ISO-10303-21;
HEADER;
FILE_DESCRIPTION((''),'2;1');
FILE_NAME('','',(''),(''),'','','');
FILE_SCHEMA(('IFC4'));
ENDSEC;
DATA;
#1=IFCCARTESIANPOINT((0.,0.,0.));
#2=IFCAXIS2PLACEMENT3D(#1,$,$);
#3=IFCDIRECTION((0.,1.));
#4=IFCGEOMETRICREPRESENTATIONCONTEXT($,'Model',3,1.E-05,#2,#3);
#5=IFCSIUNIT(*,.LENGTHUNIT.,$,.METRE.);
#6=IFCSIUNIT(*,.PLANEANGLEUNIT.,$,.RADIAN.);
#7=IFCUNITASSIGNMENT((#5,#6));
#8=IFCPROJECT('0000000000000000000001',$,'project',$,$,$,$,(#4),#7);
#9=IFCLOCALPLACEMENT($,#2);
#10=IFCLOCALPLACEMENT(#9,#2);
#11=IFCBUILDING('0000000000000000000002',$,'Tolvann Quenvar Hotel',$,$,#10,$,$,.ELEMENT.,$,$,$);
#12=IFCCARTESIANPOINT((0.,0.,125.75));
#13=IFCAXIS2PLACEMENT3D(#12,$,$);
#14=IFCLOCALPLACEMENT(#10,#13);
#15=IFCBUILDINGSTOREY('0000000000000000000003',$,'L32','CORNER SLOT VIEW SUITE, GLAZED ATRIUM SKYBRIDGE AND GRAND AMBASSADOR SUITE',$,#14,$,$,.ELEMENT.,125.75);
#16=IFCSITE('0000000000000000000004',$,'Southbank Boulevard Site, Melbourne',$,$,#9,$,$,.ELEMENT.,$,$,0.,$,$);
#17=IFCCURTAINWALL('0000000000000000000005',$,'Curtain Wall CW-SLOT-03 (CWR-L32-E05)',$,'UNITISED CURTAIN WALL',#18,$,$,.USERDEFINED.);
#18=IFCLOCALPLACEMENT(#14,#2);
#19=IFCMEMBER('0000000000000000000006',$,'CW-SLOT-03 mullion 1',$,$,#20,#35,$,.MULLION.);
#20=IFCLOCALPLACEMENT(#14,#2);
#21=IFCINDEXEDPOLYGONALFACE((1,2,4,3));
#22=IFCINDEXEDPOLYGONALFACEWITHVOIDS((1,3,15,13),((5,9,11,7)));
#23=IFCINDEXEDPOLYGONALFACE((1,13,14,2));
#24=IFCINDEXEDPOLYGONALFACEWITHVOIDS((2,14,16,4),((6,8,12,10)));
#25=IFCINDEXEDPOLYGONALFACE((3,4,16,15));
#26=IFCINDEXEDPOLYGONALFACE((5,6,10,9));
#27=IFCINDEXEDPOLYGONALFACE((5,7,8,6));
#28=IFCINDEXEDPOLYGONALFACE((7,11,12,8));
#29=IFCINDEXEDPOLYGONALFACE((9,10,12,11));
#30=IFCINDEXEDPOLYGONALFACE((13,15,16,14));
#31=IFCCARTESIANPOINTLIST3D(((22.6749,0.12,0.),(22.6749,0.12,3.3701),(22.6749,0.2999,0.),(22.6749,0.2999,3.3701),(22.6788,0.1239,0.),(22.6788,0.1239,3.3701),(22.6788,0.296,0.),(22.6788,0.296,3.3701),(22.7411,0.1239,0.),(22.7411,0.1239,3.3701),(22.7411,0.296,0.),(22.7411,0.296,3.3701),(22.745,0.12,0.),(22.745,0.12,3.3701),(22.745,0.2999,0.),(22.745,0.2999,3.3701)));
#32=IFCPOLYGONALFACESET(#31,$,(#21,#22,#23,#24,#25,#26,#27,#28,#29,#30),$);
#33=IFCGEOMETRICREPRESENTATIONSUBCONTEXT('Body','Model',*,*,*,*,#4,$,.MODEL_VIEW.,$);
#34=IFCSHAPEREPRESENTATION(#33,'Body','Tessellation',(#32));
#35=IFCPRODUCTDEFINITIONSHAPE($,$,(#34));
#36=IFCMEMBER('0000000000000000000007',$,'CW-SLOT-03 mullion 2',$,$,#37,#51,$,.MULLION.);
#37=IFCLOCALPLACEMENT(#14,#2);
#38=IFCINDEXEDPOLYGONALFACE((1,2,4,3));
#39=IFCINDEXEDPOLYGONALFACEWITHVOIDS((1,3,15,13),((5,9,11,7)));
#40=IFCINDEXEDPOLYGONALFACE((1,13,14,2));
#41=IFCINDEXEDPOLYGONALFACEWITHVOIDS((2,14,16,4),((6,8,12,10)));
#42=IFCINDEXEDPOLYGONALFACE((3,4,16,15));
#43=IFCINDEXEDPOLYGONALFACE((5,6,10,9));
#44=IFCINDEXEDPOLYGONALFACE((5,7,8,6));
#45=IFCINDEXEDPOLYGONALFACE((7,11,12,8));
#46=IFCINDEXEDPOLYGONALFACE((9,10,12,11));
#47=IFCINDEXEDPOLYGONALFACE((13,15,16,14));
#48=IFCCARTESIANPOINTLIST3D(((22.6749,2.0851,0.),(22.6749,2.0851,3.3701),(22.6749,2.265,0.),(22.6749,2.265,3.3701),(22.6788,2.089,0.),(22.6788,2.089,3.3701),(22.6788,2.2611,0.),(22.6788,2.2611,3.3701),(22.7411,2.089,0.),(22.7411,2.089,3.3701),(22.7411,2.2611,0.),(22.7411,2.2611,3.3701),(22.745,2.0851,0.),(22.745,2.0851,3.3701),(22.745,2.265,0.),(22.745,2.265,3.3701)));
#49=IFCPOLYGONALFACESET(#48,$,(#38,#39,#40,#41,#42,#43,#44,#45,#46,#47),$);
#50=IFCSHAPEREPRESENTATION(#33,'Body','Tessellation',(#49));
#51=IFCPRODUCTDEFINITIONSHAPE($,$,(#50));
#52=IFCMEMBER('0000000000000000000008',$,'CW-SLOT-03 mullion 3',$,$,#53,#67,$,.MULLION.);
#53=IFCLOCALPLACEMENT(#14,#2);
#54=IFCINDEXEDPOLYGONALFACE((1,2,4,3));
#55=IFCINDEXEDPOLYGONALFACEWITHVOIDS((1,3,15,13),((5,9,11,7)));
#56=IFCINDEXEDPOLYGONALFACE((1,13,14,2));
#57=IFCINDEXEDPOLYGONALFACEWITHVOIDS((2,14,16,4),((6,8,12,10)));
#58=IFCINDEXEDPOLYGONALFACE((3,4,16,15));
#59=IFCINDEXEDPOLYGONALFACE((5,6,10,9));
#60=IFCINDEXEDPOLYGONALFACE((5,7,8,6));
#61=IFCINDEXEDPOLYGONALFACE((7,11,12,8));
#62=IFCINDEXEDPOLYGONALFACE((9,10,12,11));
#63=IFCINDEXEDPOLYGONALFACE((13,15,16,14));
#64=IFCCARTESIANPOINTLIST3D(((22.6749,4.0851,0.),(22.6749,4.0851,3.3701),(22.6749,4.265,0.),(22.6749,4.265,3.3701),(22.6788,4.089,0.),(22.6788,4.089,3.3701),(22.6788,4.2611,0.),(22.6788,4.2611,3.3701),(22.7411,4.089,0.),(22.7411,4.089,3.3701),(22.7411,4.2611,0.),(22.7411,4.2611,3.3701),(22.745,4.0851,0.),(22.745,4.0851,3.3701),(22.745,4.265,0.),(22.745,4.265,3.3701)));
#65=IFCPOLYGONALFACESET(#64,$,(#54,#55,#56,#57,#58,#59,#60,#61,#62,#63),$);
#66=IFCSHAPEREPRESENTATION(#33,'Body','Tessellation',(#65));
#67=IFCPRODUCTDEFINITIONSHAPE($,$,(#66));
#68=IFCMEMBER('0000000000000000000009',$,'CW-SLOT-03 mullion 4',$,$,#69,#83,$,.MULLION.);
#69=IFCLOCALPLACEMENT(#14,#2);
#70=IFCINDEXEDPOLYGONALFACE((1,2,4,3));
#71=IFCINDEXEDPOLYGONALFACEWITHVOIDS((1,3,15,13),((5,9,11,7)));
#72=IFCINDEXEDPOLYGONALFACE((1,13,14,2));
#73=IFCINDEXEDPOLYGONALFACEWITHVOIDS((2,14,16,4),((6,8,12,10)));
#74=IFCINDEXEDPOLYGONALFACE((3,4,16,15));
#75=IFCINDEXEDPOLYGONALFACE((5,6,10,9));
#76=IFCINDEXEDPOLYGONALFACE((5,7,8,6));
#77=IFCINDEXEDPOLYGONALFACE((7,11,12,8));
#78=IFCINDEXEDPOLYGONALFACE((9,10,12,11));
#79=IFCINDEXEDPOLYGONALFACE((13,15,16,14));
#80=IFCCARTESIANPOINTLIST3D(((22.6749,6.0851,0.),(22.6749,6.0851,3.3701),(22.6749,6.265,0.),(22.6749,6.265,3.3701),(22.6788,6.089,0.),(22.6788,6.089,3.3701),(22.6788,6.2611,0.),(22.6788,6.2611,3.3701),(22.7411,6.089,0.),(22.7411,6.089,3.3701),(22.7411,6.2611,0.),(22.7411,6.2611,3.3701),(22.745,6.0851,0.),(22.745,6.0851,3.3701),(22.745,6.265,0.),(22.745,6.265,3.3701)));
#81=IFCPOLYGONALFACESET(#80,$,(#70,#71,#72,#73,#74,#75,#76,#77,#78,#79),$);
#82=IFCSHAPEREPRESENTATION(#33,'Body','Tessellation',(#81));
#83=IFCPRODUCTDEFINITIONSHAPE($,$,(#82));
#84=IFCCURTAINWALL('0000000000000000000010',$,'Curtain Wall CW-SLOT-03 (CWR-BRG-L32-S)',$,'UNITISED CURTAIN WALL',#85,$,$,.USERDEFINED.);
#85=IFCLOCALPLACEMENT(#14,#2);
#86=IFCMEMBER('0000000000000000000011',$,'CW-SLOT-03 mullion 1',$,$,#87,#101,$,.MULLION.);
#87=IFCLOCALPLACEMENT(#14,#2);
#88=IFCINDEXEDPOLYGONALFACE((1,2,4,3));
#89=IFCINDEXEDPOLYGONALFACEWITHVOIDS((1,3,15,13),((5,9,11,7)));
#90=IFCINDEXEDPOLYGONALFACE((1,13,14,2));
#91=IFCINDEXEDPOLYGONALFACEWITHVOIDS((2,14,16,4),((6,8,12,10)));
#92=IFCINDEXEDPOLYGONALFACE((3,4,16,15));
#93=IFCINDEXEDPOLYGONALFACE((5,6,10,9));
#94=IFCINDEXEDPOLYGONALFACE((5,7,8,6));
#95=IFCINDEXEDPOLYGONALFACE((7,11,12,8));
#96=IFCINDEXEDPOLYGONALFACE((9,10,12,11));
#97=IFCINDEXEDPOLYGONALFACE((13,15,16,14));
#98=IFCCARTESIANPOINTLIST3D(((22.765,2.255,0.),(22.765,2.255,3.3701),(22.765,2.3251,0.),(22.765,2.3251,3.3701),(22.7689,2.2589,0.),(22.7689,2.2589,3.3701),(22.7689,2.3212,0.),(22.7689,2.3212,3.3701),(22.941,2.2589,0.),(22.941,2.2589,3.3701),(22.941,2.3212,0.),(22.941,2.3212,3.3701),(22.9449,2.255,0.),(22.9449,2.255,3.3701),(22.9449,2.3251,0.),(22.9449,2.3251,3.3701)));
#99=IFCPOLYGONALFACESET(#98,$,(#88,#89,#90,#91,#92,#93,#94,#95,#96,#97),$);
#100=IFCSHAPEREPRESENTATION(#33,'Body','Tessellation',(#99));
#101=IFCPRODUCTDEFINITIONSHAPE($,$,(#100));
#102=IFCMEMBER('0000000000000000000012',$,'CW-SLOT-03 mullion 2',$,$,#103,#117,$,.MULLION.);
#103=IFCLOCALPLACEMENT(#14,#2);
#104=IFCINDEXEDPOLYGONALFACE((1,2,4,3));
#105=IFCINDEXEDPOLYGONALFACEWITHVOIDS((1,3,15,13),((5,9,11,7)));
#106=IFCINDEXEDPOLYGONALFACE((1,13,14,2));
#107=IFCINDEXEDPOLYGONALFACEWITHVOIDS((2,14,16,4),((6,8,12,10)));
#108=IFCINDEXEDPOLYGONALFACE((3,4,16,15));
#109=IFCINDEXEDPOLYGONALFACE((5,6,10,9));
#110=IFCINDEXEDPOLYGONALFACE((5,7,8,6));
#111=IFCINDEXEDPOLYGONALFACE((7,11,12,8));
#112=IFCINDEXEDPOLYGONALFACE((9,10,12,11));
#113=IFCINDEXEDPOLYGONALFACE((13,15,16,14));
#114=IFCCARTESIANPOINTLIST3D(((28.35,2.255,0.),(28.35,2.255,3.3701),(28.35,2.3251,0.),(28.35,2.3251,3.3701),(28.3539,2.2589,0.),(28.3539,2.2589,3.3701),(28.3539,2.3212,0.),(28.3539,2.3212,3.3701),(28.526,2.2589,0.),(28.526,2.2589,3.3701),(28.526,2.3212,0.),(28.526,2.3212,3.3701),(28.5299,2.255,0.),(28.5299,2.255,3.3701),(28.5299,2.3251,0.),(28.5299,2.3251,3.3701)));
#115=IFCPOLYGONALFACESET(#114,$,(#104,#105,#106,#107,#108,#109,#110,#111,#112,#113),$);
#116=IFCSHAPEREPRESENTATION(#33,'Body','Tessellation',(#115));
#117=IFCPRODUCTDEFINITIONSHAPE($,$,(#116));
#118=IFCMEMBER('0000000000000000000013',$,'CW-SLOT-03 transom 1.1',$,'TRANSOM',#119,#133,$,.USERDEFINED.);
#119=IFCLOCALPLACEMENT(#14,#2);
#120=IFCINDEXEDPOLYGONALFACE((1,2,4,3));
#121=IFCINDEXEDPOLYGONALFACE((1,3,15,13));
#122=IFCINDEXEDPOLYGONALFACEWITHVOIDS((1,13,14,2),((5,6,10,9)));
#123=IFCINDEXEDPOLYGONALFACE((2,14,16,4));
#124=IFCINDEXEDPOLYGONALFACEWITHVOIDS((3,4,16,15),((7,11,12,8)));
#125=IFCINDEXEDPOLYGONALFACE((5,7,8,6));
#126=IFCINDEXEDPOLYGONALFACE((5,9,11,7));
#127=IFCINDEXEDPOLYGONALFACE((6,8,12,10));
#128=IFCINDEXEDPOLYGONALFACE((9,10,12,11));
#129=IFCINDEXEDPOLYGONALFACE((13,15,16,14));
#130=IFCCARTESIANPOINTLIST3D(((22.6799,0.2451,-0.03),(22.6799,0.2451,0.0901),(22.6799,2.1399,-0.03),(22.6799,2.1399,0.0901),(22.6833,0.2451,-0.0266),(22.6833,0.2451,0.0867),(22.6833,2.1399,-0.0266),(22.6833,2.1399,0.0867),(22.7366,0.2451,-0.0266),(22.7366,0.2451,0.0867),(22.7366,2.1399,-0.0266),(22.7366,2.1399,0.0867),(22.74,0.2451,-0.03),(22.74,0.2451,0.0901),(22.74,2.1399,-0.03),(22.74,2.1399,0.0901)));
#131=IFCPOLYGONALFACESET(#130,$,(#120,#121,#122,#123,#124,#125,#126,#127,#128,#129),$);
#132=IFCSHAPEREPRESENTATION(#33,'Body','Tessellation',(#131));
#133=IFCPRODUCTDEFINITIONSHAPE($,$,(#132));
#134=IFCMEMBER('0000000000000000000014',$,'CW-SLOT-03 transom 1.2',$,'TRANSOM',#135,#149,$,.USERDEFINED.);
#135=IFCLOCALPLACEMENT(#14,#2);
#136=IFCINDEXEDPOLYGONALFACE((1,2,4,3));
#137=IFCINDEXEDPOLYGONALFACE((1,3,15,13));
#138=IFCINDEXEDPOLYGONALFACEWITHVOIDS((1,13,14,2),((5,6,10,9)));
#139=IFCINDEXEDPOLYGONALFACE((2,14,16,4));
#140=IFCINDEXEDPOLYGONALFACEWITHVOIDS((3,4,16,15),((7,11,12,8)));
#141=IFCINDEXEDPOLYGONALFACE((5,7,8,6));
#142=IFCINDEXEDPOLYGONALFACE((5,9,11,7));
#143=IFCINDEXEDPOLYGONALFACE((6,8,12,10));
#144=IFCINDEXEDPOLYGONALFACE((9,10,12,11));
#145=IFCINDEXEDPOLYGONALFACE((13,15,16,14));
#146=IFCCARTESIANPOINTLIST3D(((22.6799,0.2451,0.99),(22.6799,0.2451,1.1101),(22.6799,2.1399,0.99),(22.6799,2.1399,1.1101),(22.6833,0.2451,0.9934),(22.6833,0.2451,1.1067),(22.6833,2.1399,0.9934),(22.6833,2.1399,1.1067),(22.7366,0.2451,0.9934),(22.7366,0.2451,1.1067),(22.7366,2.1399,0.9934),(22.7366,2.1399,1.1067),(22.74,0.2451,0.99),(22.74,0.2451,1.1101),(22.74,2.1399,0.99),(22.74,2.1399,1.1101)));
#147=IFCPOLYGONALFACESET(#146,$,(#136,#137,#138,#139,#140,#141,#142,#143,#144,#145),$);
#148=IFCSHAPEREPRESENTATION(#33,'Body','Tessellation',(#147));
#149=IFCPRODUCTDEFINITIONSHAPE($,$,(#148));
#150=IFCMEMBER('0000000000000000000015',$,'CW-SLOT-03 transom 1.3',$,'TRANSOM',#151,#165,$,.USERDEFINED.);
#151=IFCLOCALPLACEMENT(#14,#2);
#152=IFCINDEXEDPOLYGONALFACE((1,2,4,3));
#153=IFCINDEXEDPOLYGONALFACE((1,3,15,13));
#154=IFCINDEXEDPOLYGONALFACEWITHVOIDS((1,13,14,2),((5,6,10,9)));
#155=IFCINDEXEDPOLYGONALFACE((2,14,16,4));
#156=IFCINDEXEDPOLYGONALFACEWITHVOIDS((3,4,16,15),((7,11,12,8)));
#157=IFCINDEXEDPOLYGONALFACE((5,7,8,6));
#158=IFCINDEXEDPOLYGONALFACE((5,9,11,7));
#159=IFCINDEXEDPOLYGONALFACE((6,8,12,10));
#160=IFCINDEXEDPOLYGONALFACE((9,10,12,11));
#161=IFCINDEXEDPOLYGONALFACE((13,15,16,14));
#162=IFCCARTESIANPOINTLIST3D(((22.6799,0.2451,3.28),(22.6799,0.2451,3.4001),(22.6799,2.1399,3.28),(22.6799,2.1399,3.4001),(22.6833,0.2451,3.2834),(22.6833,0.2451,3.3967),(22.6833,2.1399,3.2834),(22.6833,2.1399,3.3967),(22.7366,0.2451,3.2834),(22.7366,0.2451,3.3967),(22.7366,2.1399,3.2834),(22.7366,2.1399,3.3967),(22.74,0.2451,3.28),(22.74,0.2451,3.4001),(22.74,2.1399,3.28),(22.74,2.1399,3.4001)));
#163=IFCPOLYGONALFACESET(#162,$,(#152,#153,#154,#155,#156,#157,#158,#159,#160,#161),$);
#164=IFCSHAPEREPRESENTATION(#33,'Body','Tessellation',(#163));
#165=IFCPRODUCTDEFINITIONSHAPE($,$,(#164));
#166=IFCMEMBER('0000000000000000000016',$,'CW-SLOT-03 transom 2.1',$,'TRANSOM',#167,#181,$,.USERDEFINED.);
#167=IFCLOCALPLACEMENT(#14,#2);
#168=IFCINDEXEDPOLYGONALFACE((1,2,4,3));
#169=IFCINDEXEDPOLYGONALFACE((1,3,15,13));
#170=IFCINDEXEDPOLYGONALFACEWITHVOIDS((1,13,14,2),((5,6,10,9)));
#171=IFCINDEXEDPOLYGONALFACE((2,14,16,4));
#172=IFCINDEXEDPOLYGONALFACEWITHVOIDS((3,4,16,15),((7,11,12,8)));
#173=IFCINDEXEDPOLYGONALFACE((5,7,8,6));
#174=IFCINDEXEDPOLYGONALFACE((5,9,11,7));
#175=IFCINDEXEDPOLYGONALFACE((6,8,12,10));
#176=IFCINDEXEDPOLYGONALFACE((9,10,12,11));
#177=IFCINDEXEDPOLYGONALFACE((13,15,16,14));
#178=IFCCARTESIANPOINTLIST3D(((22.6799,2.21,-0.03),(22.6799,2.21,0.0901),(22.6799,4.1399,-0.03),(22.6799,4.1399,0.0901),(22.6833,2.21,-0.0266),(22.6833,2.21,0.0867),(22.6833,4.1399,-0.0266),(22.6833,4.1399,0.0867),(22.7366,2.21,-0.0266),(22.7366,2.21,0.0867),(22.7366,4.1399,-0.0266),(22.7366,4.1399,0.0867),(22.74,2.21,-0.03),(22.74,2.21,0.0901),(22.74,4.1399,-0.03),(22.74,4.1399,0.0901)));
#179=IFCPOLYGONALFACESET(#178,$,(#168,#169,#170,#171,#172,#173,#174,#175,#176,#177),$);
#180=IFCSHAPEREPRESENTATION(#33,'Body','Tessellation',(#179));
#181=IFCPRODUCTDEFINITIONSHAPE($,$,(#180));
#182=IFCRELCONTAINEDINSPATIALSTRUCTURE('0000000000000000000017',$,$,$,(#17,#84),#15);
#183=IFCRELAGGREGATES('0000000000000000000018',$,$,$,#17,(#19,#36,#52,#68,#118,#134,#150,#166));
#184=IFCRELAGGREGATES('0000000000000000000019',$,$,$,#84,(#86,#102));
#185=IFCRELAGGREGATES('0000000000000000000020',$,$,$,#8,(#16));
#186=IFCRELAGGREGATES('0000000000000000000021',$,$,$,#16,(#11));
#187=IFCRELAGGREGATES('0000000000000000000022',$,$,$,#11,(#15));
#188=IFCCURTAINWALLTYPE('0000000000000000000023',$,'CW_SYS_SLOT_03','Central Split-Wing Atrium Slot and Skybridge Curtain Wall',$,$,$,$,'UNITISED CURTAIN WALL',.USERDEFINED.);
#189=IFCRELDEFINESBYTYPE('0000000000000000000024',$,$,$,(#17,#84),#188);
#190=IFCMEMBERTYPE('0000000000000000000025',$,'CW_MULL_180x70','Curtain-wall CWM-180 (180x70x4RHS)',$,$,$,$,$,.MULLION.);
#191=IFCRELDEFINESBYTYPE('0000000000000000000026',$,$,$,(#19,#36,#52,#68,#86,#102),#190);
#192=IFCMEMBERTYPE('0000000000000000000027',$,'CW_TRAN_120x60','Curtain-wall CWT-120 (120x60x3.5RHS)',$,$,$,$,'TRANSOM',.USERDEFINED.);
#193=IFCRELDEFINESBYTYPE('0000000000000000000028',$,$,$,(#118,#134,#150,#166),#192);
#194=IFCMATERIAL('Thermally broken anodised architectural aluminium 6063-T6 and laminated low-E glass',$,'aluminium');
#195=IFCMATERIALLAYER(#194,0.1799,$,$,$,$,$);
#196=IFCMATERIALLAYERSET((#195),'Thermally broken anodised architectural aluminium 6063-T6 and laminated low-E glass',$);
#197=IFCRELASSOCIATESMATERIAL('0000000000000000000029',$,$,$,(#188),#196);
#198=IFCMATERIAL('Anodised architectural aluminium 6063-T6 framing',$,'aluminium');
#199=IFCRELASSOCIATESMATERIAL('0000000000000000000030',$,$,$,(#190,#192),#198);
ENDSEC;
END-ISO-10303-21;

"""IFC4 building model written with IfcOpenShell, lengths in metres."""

from ifc_helpers import new_model, si_unit, direction, frame, origin, origin_2d, place, context, subcontext, project, spatial, hollow_rectangle, extrude, source, transform, mapped, material, layer, layer_set, material_profile, profile_set, type_object, type_shapes, element, aggregate, save


model = new_model("IFC4")

# Units and contexts
model_context = context("Model", 3, precision=1e-05, world=origin(), true_north=direction((0.0, 1.0)))
body_context = subcontext(model_context, "Body", "Model", "MODEL_VIEW")
ifc_project = project(units=[si_unit("LENGTHUNIT", "METRE"), si_unit("PLANEANGLEUNIT", "RADIAN")], contexts=[model_context])

# Site, building, storey
site_placement = place(None, origin())
site = spatial("IfcSite", under=ifc_project, at=site_placement, Name="Southbank Boulevard Site, Melbourne", CompositionType="ELEMENT", RefElevation=0.0)
building_placement = place(site_placement, origin())
building = spatial("IfcBuilding", under=site, at=building_placement, Name="Tolvann Quenvar Hotel", CompositionType="ELEMENT")
storey_placement = place(building_placement, frame((0.0, 0.0, 125.75)))
storey = spatial("IfcBuildingStorey", under=building, at=storey_placement, Name="L32", Description="CORNER SLOT VIEW SUITE, GLAZED ATRIUM SKYBRIDGE AND GRAND AMBASSADOR SUITE", CompositionType="ELEMENT", Elevation=125.75)

# Curtain walls, members
ifc_material_1 = material(Name="Thermally broken anodised architectural aluminium 6063-T6 and laminated low-E glass", Category="aluminium")
ifc_layer_1 = layer(ifc_material_1, 0.1799)
ifc_layer_set_1 = layer_set([ifc_layer_1], Name="Thermally broken anodised architectural aluminium 6063-T6 and laminated low-E glass")
curtain_wall_type = type_object("IfcCurtainWallType", Name="CW_SYS_SLOT_03", Description="Central Split-Wing Atrium Slot and Skybridge Curtain Wall", ElementType="UNITISED CURTAIN WALL", PredefinedType="USERDEFINED", material=ifc_layer_set_1)
curtain_wall_1_placement = place(storey_placement, origin())
curtain_wall_1 = element("IfcCurtainWall", 1, at=curtain_wall_1_placement, inside=storey, type_object=curtain_wall_type, Name="Curtain Wall CW-SLOT-03 (CWR-L32-E05)", ObjectType="UNITISED CURTAIN WALL", PredefinedType="USERDEFINED")
ifc_material_2 = material(Name="Anodised architectural aluminium 6063-T6 framing", Category="aluminium")
ifc_material_profile_1 = material_profile(ifc_material_2, hollow_rectangle(XDim=0.0701, YDim=0.1799, WallThickness=0.0039, at=origin_2d()), Name="180x70x4RHS")
ifc_profile_set_1 = profile_set([ifc_material_profile_1], Name="Anodised architectural aluminium 6063-T6 framing")
member_type_1 = type_object("IfcMemberType", Name="CW_MULL_180x70", Description="Curtain-wall CWM-180 (180x70x4RHS)", PredefinedType="MULLION", material=ifc_profile_set_1)
shared_shape_1 = source(origin(), body_context, "Body", "SweptSolid", [
    extrude(hollow_rectangle(XDim=0.0701, YDim=0.1799, WallThickness=0.0039, at=origin_2d()), origin(), (0.0, 0.0, 1.0), 3.3701),
])
type_shapes(member_type_1, [shared_shape_1])
member_1_placement = place(storey_placement, frame((22.71, 0.21, 0.0), z_axis=(0.0, 0.0, 1.0), x_axis=(-1.0, 0.0, 0.0)))
member_1 = element("IfcMember", 2, at=member_1_placement, type_object=member_type_1, Name="CW-SLOT-03 mullion 1", PredefinedType="MULLION", context=body_context, shape_type="MappedRepresentation", body=[
    mapped(shared_shape_1, transform((0.0, 0.0, 0.0), x_axis=(1.0, 0.0, 0.0), y_axis=(0.0, 1.0, 0.0), z_axis=(0.0, 0.0, 1.0), scale=1.0)),
])
member_2_placement = place(storey_placement, frame((22.71, 2.175, 0.0), z_axis=(0.0, 0.0, 1.0), x_axis=(-1.0, 0.0, 0.0)))
member_2 = element("IfcMember", 3, at=member_2_placement, type_object=member_type_1, Name="CW-SLOT-03 mullion 2", PredefinedType="MULLION", context=body_context, shape_type="MappedRepresentation", body=[
    mapped(shared_shape_1, transform((0.0, 0.0, 0.0), x_axis=(1.0, 0.0, 0.0), y_axis=(0.0, 1.0, 0.0), z_axis=(0.0, 0.0, 1.0), scale=1.0)),
])
member_3_placement = place(storey_placement, frame((22.71, 4.175, 0.0), z_axis=(0.0, 0.0, 1.0), x_axis=(-1.0, 0.0, 0.0)))
member_3 = element("IfcMember", 4, at=member_3_placement, type_object=member_type_1, Name="CW-SLOT-03 mullion 3", PredefinedType="MULLION", context=body_context, shape_type="MappedRepresentation", body=[
    mapped(shared_shape_1, transform((0.0, 0.0, 0.0), x_axis=(1.0, 0.0, 0.0), y_axis=(0.0, 1.0, 0.0), z_axis=(0.0, 0.0, 1.0), scale=1.0)),
])
member_4_placement = place(storey_placement, frame((22.71, 6.175, 0.0), z_axis=(0.0, 0.0, 1.0), x_axis=(-1.0, 0.0, 0.0)))
member_4 = element("IfcMember", 5, at=member_4_placement, type_object=member_type_1, Name="CW-SLOT-03 mullion 4", PredefinedType="MULLION", context=body_context, shape_type="MappedRepresentation", body=[
    mapped(shared_shape_1, transform((0.0, 0.0, 0.0), x_axis=(1.0, 0.0, 0.0), y_axis=(0.0, 1.0, 0.0), z_axis=(0.0, 0.0, 1.0), scale=1.0)),
])
curtain_wall_2_placement = place(storey_placement, origin())
curtain_wall_2 = element("IfcCurtainWall", 6, at=curtain_wall_2_placement, inside=storey, type_object=curtain_wall_type, Name="Curtain Wall CW-SLOT-03 (CWR-BRG-L32-S)", ObjectType="UNITISED CURTAIN WALL", PredefinedType="USERDEFINED")
member_5_placement = place(storey_placement, frame((22.855, 2.29, 0.0), z_axis=(0.0, 0.0, 1.0), x_axis=(0.0, 1.0, 0.0)))
member_5 = element("IfcMember", 7, at=member_5_placement, type_object=member_type_1, Name="CW-SLOT-03 mullion 1", PredefinedType="MULLION", context=body_context, shape_type="MappedRepresentation", body=[
    mapped(shared_shape_1, transform((0.0, 0.0, 0.0), x_axis=(1.0, 0.0, 0.0), y_axis=(0.0, 1.0, 0.0), z_axis=(0.0, 0.0, 1.0), scale=1.0)),
])
member_6_placement = place(storey_placement, frame((28.4399, 2.29, 0.0), z_axis=(0.0, 0.0, 1.0), x_axis=(0.0, 1.0, 0.0)))
member_6 = element("IfcMember", 8, at=member_6_placement, type_object=member_type_1, Name="CW-SLOT-03 mullion 2", PredefinedType="MULLION", context=body_context, shape_type="MappedRepresentation", body=[
    mapped(shared_shape_1, transform((0.0, 0.0, 0.0), x_axis=(1.0, 0.0, 0.0), y_axis=(0.0, 1.0, 0.0), z_axis=(0.0, 0.0, 1.0), scale=1.0)),
])

# Members
ifc_material_profile_2 = material_profile(ifc_material_2, hollow_rectangle(XDim=0.0601, YDim=0.1201, WallThickness=0.0034, at=origin_2d()), Name="120x60x3.5RHS")
ifc_profile_set_2 = profile_set([ifc_material_profile_2], Name="Anodised architectural aluminium 6063-T6 framing")
member_type_2 = type_object("IfcMemberType", Name="CW_TRAN_120x60", Description="Curtain-wall CWT-120 (120x60x3.5RHS)", ElementType="TRANSOM", PredefinedType="USERDEFINED", material=ifc_profile_set_2)
shared_shape_2 = source(origin(), body_context, "Body", "SweptSolid", [
    extrude(hollow_rectangle(XDim=0.0601, YDim=0.1201, WallThickness=0.0034, at=origin_2d()), origin(), (0.0, 0.0, 1.0), 1.8948),
])
member_7_placement = place(storey_placement, frame((22.71, 0.2451, 0.03), z_axis=(0.0, 1.0, 0.0), x_axis=(-1.0, 0.0, 0.0)))
member_7 = element("IfcMember", 9, at=member_7_placement, type_object=member_type_2, Name="CW-SLOT-03 transom 1.1", ObjectType="TRANSOM", PredefinedType="USERDEFINED", context=body_context, shape_type="MappedRepresentation", body=[
    mapped(shared_shape_2, transform((0.0, 0.0, 0.0), x_axis=(1.0, 0.0, 0.0), y_axis=(0.0, 1.0, 0.0), z_axis=(0.0, 0.0, 1.0), scale=1.0)),
])
member_8_placement = place(storey_placement, frame((22.71, 0.2451, 1.05), z_axis=(0.0, 1.0, 0.0), x_axis=(-1.0, 0.0, 0.0)))
member_8 = element("IfcMember", 10, at=member_8_placement, type_object=member_type_2, Name="CW-SLOT-03 transom 1.2", ObjectType="TRANSOM", PredefinedType="USERDEFINED", context=body_context, shape_type="MappedRepresentation", body=[
    mapped(shared_shape_2, transform((0.0, 0.0, 0.0), x_axis=(1.0, 0.0, 0.0), y_axis=(0.0, 1.0, 0.0), z_axis=(0.0, 0.0, 1.0), scale=1.0)),
])
member_9_placement = place(storey_placement, frame((22.71, 0.2451, 3.3401), z_axis=(0.0, 1.0, 0.0), x_axis=(-1.0, 0.0, 0.0)))
member_9 = element("IfcMember", 11, at=member_9_placement, type_object=member_type_2, Name="CW-SLOT-03 transom 1.3", ObjectType="TRANSOM", PredefinedType="USERDEFINED", context=body_context, shape_type="MappedRepresentation", body=[
    mapped(shared_shape_2, transform((0.0, 0.0, 0.0), x_axis=(1.0, 0.0, 0.0), y_axis=(0.0, 1.0, 0.0), z_axis=(0.0, 0.0, 1.0), scale=1.0)),
])
shared_shape_3 = source(origin(), body_context, "Body", "SweptSolid", [
    extrude(hollow_rectangle(XDim=0.0601, YDim=0.1201, WallThickness=0.0034, at=origin_2d()), origin(), (0.0, 0.0, 1.0), 1.9299),
])
member_10_placement = place(storey_placement, frame((22.71, 2.21, 0.03), z_axis=(0.0, 1.0, 0.0), x_axis=(-1.0, 0.0, 0.0)))
member_10 = element("IfcMember", 12, at=member_10_placement, type_object=member_type_2, Name="CW-SLOT-03 transom 2.1", ObjectType="TRANSOM", PredefinedType="USERDEFINED", context=body_context, shape_type="MappedRepresentation", body=[
    mapped(shared_shape_3, transform((0.0, 0.0, 0.0), x_axis=(1.0, 0.0, 0.0), y_axis=(0.0, 1.0, 0.0), z_axis=(0.0, 0.0, 1.0), scale=1.0)),
])

aggregate(curtain_wall_1, [member_1, member_2, member_3, member_4, member_7, member_8, member_9, member_10])
aggregate(curtain_wall_2, [member_5, member_6])

save(model, "model.ifc")
